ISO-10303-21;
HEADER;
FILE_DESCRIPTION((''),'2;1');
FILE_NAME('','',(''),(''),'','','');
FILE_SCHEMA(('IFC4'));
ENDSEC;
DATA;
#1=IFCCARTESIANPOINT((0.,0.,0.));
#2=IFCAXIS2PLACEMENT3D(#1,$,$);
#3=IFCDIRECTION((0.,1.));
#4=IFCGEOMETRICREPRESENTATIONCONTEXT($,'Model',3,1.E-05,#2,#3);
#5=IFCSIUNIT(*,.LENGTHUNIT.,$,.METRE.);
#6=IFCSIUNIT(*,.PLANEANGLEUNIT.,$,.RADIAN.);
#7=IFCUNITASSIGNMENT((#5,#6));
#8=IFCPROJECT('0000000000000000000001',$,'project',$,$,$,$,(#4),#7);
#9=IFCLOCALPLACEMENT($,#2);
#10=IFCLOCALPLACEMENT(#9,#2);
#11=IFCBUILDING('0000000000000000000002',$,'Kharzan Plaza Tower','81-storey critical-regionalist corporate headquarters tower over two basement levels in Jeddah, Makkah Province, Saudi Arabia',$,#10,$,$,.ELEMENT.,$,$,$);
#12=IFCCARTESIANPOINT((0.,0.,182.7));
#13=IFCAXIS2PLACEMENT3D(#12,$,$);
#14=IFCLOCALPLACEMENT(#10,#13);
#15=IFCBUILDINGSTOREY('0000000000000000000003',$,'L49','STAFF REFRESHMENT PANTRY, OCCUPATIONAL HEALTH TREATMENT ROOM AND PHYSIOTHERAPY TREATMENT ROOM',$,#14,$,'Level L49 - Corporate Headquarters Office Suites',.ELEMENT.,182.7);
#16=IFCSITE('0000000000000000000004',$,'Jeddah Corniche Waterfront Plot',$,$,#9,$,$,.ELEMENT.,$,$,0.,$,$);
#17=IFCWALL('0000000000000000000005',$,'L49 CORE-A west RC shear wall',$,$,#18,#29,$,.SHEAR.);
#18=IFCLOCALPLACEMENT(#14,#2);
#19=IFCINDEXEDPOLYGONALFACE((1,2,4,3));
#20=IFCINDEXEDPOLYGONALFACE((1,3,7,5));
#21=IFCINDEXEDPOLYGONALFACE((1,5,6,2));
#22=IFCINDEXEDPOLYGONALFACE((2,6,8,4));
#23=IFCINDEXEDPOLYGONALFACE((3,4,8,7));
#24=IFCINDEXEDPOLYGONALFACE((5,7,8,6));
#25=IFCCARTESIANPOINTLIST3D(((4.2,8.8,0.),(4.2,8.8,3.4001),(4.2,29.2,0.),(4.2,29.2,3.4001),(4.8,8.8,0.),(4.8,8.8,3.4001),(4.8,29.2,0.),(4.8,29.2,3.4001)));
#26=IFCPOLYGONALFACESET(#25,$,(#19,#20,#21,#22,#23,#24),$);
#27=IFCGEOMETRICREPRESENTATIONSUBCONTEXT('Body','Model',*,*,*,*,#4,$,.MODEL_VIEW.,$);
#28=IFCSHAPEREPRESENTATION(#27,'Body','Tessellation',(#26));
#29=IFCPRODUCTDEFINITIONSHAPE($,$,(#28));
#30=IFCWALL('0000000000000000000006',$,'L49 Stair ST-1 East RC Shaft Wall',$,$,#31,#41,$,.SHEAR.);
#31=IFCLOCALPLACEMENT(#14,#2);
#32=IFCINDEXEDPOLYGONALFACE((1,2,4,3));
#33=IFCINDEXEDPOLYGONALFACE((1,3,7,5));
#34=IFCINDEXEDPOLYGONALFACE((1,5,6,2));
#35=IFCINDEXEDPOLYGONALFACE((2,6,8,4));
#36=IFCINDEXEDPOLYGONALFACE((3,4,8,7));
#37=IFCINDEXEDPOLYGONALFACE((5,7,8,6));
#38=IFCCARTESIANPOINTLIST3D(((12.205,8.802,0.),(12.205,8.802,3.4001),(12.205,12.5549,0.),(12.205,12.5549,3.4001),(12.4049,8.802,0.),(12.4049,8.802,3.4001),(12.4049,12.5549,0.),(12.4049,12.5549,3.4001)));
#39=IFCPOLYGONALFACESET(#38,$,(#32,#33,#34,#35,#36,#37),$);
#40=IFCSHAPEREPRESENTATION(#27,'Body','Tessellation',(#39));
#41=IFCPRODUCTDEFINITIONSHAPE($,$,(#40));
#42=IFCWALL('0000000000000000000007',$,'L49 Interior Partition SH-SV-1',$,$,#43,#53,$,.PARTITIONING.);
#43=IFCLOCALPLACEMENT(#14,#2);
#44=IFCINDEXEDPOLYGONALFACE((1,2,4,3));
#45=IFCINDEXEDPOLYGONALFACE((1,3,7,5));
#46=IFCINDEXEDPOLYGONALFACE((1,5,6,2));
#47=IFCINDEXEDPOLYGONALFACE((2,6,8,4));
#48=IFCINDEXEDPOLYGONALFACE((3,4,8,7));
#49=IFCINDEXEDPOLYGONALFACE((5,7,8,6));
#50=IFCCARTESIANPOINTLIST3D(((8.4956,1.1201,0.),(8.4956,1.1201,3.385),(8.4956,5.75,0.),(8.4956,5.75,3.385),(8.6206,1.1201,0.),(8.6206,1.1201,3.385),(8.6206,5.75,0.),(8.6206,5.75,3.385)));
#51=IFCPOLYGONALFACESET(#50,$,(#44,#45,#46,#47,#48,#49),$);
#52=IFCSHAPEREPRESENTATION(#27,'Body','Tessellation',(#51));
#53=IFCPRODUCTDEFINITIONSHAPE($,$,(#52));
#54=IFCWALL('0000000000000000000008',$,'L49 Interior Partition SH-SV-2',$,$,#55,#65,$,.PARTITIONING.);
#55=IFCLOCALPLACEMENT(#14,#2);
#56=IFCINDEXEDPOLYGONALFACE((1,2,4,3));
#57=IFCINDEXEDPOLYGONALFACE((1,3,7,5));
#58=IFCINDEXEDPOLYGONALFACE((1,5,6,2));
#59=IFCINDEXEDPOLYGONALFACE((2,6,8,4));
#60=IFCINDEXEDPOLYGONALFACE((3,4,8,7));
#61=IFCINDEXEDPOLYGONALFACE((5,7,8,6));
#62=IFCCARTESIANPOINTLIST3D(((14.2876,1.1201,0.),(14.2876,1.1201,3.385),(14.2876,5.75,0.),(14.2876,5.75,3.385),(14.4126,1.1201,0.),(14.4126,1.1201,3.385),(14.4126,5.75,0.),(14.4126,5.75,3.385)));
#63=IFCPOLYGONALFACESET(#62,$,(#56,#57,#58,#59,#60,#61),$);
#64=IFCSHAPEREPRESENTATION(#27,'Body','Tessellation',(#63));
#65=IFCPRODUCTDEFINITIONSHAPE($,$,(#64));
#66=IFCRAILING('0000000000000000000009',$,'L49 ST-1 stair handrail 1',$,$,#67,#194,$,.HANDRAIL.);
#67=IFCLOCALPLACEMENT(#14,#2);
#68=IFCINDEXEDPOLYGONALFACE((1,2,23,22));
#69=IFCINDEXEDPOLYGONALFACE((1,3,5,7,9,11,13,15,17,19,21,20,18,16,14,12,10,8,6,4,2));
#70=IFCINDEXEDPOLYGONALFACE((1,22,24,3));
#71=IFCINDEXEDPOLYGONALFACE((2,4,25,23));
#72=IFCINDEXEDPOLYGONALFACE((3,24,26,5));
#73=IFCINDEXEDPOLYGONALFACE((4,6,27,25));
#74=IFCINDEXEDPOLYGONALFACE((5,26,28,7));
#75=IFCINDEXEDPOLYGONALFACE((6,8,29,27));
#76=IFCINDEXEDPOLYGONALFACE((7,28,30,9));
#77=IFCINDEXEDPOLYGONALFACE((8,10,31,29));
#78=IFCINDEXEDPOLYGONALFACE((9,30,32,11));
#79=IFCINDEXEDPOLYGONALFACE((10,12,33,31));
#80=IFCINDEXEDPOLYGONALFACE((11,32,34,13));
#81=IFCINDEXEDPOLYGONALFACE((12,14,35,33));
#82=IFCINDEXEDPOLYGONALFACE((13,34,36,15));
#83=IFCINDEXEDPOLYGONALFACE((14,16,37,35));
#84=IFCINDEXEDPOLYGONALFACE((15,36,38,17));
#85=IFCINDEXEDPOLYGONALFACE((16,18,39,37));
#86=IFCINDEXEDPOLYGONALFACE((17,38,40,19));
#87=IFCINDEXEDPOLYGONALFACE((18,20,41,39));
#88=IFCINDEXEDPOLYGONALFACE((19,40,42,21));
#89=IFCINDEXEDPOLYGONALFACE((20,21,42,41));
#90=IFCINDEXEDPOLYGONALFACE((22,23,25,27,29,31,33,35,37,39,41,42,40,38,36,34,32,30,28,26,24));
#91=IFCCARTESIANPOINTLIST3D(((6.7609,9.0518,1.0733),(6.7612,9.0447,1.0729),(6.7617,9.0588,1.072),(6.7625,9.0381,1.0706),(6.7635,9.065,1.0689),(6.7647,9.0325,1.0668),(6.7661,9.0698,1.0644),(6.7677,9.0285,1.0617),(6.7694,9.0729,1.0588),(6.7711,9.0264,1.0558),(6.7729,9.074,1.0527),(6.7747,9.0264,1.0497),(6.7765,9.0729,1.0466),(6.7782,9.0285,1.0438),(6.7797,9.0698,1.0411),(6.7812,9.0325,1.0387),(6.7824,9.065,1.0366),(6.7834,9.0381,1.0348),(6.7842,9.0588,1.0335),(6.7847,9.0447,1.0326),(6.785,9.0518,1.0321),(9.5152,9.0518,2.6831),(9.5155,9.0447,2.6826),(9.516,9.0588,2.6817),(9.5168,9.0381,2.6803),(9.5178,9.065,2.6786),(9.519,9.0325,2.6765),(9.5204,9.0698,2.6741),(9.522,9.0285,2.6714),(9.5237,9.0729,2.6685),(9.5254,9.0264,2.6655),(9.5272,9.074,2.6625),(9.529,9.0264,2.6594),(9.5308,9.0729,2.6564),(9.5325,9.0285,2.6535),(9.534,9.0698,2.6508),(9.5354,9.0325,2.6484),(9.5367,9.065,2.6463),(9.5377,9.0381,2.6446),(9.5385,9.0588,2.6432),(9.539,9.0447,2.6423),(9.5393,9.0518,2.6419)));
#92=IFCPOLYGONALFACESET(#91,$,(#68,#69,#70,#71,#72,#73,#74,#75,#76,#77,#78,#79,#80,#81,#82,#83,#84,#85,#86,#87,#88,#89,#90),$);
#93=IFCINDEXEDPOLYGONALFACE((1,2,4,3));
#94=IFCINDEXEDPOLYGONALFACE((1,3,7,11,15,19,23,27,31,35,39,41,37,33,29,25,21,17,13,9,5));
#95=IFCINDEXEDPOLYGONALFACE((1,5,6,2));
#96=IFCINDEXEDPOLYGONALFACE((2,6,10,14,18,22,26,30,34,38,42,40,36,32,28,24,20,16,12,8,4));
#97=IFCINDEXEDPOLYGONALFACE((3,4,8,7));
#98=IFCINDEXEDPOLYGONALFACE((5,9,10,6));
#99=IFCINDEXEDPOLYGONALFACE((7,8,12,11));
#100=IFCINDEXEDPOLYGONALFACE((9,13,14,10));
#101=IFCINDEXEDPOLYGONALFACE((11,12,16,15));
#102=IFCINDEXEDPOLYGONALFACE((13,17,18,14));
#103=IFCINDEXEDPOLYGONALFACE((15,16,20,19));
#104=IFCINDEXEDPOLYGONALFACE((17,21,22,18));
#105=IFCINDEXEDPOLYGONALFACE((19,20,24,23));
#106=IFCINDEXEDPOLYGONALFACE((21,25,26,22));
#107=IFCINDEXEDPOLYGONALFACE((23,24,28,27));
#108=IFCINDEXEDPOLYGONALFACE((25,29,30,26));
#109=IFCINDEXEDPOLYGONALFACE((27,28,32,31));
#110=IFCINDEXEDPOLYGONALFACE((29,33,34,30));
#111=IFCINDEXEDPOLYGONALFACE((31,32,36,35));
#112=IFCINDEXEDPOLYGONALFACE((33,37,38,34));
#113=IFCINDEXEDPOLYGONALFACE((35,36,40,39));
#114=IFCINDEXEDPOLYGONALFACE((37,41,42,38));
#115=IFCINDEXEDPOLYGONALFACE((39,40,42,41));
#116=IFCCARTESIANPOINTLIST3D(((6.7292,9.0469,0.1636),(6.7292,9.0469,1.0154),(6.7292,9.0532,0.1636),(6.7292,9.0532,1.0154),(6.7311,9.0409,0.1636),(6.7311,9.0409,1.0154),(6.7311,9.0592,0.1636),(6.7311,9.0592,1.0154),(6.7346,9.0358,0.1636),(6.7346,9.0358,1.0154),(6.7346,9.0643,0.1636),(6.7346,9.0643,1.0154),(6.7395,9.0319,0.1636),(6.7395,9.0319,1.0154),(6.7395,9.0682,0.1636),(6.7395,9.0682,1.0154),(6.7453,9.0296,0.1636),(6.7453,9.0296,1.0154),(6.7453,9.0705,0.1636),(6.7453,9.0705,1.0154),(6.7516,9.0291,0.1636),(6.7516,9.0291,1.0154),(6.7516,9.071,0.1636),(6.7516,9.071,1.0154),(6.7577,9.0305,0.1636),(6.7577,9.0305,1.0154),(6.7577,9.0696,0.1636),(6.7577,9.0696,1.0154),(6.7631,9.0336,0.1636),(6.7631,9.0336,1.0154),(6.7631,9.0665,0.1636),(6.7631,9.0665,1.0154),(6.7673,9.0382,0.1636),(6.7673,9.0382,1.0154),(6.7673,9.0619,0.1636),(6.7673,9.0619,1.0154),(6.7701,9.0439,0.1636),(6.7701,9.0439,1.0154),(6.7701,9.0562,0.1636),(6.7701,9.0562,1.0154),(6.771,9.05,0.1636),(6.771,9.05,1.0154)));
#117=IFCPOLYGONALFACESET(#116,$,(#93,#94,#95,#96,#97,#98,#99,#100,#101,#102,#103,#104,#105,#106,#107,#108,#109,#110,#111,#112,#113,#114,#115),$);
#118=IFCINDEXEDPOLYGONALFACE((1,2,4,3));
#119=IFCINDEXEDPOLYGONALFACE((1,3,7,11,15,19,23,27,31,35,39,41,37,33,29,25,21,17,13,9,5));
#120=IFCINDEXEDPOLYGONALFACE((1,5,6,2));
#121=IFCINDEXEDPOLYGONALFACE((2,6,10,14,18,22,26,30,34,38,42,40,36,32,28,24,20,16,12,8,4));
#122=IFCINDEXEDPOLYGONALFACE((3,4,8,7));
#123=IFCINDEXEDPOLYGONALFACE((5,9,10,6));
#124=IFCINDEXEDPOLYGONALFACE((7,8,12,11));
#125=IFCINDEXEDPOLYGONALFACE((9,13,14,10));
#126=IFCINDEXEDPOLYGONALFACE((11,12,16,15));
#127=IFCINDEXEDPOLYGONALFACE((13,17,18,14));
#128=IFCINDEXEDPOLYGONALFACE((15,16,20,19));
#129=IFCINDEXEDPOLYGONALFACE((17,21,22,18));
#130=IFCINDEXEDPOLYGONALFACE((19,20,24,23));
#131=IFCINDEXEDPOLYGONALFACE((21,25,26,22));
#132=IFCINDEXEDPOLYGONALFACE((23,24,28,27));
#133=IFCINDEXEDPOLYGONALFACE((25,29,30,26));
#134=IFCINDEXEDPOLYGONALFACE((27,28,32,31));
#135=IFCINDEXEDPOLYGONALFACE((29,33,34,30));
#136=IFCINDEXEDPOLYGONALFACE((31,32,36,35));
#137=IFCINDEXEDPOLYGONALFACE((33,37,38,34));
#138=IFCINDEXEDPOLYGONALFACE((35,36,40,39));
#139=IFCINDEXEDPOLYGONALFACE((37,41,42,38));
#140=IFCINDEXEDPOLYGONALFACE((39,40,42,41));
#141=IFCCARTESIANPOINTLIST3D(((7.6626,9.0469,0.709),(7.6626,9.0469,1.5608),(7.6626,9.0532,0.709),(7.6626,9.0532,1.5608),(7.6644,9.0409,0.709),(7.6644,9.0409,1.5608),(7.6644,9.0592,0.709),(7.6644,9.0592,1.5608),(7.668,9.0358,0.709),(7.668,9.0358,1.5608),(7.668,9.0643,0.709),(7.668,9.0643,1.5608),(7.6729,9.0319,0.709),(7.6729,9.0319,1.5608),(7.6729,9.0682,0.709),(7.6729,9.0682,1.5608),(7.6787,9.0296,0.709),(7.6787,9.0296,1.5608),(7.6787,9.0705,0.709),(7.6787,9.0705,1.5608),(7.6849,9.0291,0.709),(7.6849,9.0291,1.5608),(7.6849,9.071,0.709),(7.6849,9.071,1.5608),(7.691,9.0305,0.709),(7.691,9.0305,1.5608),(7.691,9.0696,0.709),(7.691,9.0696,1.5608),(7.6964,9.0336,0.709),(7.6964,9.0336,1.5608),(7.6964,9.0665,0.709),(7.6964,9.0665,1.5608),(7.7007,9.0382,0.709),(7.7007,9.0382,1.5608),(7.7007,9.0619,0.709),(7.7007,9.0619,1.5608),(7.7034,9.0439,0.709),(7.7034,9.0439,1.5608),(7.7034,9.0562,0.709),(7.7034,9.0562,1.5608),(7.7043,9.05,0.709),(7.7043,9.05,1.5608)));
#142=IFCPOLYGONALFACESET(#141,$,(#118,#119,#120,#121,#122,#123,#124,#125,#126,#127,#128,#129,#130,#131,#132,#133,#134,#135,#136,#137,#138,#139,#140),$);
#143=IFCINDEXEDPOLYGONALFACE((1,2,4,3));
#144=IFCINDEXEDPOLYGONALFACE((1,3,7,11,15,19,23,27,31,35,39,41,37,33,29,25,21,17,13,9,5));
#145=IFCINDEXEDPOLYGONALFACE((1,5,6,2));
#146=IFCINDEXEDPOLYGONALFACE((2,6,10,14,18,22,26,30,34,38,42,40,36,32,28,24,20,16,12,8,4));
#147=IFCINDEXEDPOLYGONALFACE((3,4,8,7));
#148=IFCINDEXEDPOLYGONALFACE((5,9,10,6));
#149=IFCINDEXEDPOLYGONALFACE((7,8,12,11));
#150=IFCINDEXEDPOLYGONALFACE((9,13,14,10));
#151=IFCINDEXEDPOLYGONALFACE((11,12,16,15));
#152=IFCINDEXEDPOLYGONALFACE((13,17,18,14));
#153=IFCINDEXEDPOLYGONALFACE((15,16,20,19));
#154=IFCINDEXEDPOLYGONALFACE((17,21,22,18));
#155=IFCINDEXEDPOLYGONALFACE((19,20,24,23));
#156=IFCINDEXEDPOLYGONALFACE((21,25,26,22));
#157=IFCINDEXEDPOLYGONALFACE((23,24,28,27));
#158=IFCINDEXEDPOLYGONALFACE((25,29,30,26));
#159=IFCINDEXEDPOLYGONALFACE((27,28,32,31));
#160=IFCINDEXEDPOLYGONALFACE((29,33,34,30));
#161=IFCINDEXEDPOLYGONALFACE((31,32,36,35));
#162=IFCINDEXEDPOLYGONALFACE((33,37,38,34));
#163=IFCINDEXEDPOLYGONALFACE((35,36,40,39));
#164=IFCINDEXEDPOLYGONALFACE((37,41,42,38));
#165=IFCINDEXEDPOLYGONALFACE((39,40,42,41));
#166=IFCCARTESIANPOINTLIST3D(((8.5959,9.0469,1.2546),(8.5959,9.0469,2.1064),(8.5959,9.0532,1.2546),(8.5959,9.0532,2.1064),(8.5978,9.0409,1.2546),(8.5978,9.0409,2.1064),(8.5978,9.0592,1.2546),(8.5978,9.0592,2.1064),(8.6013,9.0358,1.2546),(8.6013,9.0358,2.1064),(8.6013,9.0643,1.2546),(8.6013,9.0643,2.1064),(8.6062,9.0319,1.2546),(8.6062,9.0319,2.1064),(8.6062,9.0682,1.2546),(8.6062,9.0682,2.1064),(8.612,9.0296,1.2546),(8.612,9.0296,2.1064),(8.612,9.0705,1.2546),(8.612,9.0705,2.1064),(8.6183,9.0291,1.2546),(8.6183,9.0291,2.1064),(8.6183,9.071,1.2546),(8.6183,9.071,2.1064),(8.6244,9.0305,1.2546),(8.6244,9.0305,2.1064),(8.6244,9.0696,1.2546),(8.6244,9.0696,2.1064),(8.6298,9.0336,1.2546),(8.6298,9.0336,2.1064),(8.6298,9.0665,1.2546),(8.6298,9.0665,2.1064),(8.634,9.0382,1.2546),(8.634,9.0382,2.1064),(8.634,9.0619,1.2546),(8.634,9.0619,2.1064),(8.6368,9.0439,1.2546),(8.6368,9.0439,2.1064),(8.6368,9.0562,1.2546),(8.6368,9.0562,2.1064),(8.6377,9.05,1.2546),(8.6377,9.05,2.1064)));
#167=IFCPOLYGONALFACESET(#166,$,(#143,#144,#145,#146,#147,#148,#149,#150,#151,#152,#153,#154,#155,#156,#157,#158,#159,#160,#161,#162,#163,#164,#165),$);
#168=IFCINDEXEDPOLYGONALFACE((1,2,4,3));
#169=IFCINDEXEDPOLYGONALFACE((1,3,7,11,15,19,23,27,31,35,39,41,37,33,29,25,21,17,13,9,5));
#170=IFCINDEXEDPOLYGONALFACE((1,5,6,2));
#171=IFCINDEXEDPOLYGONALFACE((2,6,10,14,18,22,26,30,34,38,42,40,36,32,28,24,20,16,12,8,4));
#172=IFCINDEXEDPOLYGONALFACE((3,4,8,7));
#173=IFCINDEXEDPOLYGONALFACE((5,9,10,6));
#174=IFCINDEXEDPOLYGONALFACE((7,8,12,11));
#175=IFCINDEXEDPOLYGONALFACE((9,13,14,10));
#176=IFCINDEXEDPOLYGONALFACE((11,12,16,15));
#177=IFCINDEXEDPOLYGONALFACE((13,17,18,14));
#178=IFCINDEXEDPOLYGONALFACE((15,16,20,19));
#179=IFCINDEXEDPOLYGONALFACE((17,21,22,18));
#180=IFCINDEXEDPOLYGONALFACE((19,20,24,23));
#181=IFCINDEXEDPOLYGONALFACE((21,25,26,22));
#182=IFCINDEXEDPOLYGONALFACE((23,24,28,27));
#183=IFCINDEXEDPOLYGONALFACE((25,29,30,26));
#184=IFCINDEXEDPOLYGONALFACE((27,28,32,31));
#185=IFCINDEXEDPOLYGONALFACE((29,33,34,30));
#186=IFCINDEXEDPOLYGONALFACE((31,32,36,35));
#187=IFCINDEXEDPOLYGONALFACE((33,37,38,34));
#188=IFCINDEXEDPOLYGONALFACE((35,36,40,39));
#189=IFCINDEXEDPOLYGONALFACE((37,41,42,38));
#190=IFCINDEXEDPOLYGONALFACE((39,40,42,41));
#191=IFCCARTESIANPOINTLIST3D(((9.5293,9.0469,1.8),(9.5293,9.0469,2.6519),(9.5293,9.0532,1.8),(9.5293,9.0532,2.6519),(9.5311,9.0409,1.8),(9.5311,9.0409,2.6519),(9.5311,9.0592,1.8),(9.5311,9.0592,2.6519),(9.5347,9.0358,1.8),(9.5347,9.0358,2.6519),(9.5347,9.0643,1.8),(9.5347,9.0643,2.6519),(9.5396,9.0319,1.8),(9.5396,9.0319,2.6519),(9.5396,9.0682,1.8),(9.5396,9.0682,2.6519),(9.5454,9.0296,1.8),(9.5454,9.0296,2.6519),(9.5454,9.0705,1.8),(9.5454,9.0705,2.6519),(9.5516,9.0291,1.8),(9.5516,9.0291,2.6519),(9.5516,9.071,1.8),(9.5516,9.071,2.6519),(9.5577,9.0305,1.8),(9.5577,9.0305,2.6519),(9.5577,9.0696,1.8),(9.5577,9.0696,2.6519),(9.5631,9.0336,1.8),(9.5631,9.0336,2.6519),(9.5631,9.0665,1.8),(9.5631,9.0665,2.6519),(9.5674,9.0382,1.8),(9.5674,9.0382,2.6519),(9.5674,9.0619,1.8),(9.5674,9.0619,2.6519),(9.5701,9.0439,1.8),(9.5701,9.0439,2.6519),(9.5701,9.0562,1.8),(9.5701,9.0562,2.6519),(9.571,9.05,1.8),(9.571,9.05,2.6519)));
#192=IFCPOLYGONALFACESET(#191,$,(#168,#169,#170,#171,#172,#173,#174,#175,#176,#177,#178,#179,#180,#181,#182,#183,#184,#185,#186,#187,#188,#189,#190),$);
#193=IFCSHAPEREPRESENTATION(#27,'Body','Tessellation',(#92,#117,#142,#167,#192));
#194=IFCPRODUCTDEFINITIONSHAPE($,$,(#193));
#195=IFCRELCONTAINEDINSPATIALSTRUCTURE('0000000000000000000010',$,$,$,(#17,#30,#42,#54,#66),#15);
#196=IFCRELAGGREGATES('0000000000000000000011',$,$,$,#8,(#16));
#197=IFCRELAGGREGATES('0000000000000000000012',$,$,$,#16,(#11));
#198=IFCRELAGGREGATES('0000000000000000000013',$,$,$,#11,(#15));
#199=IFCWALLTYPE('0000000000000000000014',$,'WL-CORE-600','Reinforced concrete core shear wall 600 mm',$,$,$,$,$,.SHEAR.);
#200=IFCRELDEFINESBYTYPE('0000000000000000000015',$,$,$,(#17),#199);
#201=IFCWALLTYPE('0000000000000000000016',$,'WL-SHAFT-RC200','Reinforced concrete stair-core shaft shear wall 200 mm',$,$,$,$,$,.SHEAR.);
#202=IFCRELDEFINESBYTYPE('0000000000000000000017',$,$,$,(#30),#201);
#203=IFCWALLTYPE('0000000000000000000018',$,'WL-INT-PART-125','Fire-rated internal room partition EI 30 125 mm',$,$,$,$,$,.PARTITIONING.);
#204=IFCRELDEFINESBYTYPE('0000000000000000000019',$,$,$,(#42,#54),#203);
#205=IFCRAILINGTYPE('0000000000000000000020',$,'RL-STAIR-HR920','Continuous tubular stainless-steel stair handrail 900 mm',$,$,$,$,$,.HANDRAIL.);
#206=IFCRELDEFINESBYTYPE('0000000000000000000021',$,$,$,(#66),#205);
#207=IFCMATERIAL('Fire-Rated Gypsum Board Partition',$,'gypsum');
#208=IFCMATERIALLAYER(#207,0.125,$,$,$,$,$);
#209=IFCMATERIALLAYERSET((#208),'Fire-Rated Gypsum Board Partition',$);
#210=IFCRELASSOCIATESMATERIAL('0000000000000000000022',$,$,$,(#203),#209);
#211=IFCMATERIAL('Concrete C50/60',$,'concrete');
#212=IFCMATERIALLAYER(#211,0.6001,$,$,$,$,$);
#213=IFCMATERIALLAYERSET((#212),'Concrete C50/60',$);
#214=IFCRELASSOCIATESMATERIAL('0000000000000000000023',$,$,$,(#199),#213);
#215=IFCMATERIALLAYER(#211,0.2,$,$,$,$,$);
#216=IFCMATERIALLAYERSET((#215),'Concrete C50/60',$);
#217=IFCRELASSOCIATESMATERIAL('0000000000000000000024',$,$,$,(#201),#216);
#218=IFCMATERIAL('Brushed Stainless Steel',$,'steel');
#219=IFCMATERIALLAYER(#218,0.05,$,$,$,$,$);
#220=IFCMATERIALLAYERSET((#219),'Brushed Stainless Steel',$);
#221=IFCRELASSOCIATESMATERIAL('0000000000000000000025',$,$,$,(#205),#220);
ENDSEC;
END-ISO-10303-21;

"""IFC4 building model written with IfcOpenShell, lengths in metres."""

from ifc_helpers import new_model, si_unit, direction, frame, frame_2d, origin, origin_2d, place, context, subcontext, project, spatial, rectangle, circle, extrude, source, transform, mapped, material, layer, layer_set, type_object, element, save


model = new_model("IFC4")

# Units and contexts
model_context = context("Model", 3, precision=1e-05, world=origin(), true_north=direction((0.0, 1.0)))
body_context = subcontext(model_context, "Body", "Model", "MODEL_VIEW")
ifc_project = project(units=[si_unit("LENGTHUNIT", "METRE"), si_unit("PLANEANGLEUNIT", "RADIAN")], contexts=[model_context])

# Site, building, storey
site_placement = place(None, origin())
site = spatial("IfcSite", under=ifc_project, at=site_placement, Name="Jeddah Corniche Waterfront Plot", CompositionType="ELEMENT", RefElevation=0.0)
building_placement = place(site_placement, origin())
building = spatial("IfcBuilding", under=site, at=building_placement, Name="Kharzan Plaza Tower", Description="81-storey critical-regionalist corporate headquarters tower over two basement levels in Jeddah, Makkah Province, Saudi Arabia", CompositionType="ELEMENT")
storey_placement = place(building_placement, frame((0.0, 0.0, 182.7)))
storey = spatial("IfcBuildingStorey", under=building, at=storey_placement, Name="L49", Description="STAFF REFRESHMENT PANTRY, OCCUPATIONAL HEALTH TREATMENT ROOM AND PHYSIOTHERAPY TREATMENT ROOM", LongName="Level L49 - Corporate Headquarters Office Suites", CompositionType="ELEMENT", Elevation=182.7)

# Shared definitions
ifc_material_1 = material(Name="Concrete C50/60", Category="concrete")

# Shared definitions
ifc_material_2 = material(Name="Fire-Rated Gypsum Board Partition", Category="gypsum")
ifc_layer_1 = layer(ifc_material_2, 0.125)
ifc_layer_set_1 = layer_set([ifc_layer_1], Name="Fire-Rated Gypsum Board Partition")
wall_type_1 = type_object("IfcWallType", Name="WL-INT-PART-125", Description="Fire-rated internal room partition EI 30 125 mm", PredefinedType="PARTITIONING", material=ifc_layer_set_1)

# Walls
ifc_layer_2 = layer(ifc_material_1, 0.6001)
ifc_layer_set_2 = layer_set([ifc_layer_2], Name="Concrete C50/60")
wall_type_2 = type_object("IfcWallType", Name="WL-CORE-600", Description="Reinforced concrete core shear wall 600 mm", PredefinedType="SHEAR", material=ifc_layer_set_2)
shared_shape_1 = source(origin(), body_context, "Body", "SweptSolid", [
    extrude(rectangle(XDim=20.3999, YDim=0.6001, at=frame_2d((10.2, 0.0))), origin(), (0.0, 0.0, 1.0), 3.4001),
])
wall_1_placement = place(storey_placement, frame((4.5, 8.8, 0.0), z_axis=(0.0, 0.0, 1.0), x_axis=(0.0, 1.0, 0.0)))
element("IfcWall", 1, at=wall_1_placement, inside=storey, type_object=wall_type_2, Name="L49 CORE-A west RC shear wall", PredefinedType="SHEAR", context=body_context, shape_type="MappedRepresentation", body=[
    mapped(shared_shape_1, transform((0.0, 0.0, 0.0), x_axis=(1.0, 0.0, 0.0), y_axis=(0.0, 1.0, 0.0), z_axis=(0.0, 0.0, 1.0))),
])
ifc_layer_3 = layer(ifc_material_1, 0.2)
ifc_layer_set_3 = layer_set([ifc_layer_3], Name="Concrete C50/60")
wall_type_3 = type_object("IfcWallType", Name="WL-SHAFT-RC200", Description="Reinforced concrete stair-core shaft shear wall 200 mm", PredefinedType="SHEAR", material=ifc_layer_set_3)
shared_shape_2 = source(origin(), body_context, "Body", "SweptSolid", [
    extrude(rectangle(XDim=3.7529, YDim=0.2, at=frame_2d((1.8765, 0.0))), origin(), (0.0, 0.0, 1.0), 3.4001),
])
wall_2_placement = place(storey_placement, frame((12.3049, 8.802, 0.0), z_axis=(0.0, 0.0, 1.0), x_axis=(0.0, 1.0, 0.0)))
element("IfcWall", 2, at=wall_2_placement, inside=storey, type_object=wall_type_3, Name="L49 Stair ST-1 East RC Shaft Wall", PredefinedType="SHEAR", context=body_context, shape_type="MappedRepresentation", body=[
    mapped(shared_shape_2, transform((0.0, 0.0, 0.0), x_axis=(1.0, 0.0, 0.0), y_axis=(0.0, 1.0, 0.0), z_axis=(0.0, 0.0, 1.0))),
])
shared_shape_3 = source(origin(), body_context, "Body", "SweptSolid", [
    extrude(rectangle(XDim=4.6299, YDim=0.125, at=frame_2d((2.3149, 0.0))), origin(), (0.0, 0.0, 1.0), 3.385),
])
for number, where, z_axis, x_axis, name in (
    (3, (8.5581, 1.1201, 0.0), (0.0, 0.0, 1.0), (0.0, 1.0, 0.0), "L49 Interior Partition SH-SV-1"),
    (4, (14.3501, 1.1201, 0.0), (0.0, 0.0, 1.0), (0.0, 1.0, 0.0), "L49 Interior Partition SH-SV-2"),
):
    element("IfcWall", number, at=place(storey_placement, frame(where, z_axis=z_axis, x_axis=x_axis)), inside=storey, type_object=wall_type_1, Name=name, PredefinedType="PARTITIONING", context=body_context, shape_type="MappedRepresentation", body=[
        mapped(shared_shape_3, transform((0.0, 0.0, 0.0), x_axis=(1.0, 0.0, 0.0), y_axis=(0.0, 1.0, 0.0), z_axis=(0.0, 0.0, 1.0))),
    ])

# Railing
ifc_material_3 = material(Name="Brushed Stainless Steel", Category="steel")
ifc_layer_4 = layer(ifc_material_3, 0.05)
ifc_layer_set_4 = layer_set([ifc_layer_4], Name="Brushed Stainless Steel")
railing_type = type_object("IfcRailingType", Name="RL-STAIR-HR920", Description="Continuous tubular stainless-steel stair handrail 900 mm", PredefinedType="HANDRAIL", material=ifc_layer_set_4)
shared_shape_4 = source(origin(), body_context, "Body", "SweptSolid", [
    extrude(circle(Radius=0.0239, at=origin_2d()), frame((0.0229, 0.0, 0.8892), z_axis=(0.863361, 0.0, 0.504587), x_axis=(0.0, 1.0, 0.0)), (0.0, 0.0, 1.0), 3.1902),
    extrude(circle(Radius=0.021, at=origin_2d()), origin(), (0.0, 0.0, 1.0), 0.8518),
    extrude(circle(Radius=0.021, at=origin_2d()), frame((0.9333, 0.0, 0.5454)), (0.0, 0.0, 1.0), 0.8518),
    extrude(circle(Radius=0.021, at=origin_2d()), frame((1.8667, 0.0, 1.0911)), (0.0, 0.0, 1.0), 0.8518),
    extrude(circle(Radius=0.021, at=origin_2d()), frame((2.8, 0.0, 1.6365)), (0.0, 0.0, 1.0), 0.8518),
])
railing_placement = place(storey_placement, frame((6.75, 9.05, 0.1636)))
element("IfcRailing", 5, at=railing_placement, inside=storey, type_object=railing_type, Name="L49 ST-1 stair handrail 1", PredefinedType="HANDRAIL", context=body_context, shape_type="MappedRepresentation", body=[
    mapped(shared_shape_4, transform((0.0, 0.0, 0.0), x_axis=(1.0, 0.0, 0.0), y_axis=(0.0, 1.0, 0.0), z_axis=(0.0, 0.0, 1.0))),
])

save(model, "model.ifc")
